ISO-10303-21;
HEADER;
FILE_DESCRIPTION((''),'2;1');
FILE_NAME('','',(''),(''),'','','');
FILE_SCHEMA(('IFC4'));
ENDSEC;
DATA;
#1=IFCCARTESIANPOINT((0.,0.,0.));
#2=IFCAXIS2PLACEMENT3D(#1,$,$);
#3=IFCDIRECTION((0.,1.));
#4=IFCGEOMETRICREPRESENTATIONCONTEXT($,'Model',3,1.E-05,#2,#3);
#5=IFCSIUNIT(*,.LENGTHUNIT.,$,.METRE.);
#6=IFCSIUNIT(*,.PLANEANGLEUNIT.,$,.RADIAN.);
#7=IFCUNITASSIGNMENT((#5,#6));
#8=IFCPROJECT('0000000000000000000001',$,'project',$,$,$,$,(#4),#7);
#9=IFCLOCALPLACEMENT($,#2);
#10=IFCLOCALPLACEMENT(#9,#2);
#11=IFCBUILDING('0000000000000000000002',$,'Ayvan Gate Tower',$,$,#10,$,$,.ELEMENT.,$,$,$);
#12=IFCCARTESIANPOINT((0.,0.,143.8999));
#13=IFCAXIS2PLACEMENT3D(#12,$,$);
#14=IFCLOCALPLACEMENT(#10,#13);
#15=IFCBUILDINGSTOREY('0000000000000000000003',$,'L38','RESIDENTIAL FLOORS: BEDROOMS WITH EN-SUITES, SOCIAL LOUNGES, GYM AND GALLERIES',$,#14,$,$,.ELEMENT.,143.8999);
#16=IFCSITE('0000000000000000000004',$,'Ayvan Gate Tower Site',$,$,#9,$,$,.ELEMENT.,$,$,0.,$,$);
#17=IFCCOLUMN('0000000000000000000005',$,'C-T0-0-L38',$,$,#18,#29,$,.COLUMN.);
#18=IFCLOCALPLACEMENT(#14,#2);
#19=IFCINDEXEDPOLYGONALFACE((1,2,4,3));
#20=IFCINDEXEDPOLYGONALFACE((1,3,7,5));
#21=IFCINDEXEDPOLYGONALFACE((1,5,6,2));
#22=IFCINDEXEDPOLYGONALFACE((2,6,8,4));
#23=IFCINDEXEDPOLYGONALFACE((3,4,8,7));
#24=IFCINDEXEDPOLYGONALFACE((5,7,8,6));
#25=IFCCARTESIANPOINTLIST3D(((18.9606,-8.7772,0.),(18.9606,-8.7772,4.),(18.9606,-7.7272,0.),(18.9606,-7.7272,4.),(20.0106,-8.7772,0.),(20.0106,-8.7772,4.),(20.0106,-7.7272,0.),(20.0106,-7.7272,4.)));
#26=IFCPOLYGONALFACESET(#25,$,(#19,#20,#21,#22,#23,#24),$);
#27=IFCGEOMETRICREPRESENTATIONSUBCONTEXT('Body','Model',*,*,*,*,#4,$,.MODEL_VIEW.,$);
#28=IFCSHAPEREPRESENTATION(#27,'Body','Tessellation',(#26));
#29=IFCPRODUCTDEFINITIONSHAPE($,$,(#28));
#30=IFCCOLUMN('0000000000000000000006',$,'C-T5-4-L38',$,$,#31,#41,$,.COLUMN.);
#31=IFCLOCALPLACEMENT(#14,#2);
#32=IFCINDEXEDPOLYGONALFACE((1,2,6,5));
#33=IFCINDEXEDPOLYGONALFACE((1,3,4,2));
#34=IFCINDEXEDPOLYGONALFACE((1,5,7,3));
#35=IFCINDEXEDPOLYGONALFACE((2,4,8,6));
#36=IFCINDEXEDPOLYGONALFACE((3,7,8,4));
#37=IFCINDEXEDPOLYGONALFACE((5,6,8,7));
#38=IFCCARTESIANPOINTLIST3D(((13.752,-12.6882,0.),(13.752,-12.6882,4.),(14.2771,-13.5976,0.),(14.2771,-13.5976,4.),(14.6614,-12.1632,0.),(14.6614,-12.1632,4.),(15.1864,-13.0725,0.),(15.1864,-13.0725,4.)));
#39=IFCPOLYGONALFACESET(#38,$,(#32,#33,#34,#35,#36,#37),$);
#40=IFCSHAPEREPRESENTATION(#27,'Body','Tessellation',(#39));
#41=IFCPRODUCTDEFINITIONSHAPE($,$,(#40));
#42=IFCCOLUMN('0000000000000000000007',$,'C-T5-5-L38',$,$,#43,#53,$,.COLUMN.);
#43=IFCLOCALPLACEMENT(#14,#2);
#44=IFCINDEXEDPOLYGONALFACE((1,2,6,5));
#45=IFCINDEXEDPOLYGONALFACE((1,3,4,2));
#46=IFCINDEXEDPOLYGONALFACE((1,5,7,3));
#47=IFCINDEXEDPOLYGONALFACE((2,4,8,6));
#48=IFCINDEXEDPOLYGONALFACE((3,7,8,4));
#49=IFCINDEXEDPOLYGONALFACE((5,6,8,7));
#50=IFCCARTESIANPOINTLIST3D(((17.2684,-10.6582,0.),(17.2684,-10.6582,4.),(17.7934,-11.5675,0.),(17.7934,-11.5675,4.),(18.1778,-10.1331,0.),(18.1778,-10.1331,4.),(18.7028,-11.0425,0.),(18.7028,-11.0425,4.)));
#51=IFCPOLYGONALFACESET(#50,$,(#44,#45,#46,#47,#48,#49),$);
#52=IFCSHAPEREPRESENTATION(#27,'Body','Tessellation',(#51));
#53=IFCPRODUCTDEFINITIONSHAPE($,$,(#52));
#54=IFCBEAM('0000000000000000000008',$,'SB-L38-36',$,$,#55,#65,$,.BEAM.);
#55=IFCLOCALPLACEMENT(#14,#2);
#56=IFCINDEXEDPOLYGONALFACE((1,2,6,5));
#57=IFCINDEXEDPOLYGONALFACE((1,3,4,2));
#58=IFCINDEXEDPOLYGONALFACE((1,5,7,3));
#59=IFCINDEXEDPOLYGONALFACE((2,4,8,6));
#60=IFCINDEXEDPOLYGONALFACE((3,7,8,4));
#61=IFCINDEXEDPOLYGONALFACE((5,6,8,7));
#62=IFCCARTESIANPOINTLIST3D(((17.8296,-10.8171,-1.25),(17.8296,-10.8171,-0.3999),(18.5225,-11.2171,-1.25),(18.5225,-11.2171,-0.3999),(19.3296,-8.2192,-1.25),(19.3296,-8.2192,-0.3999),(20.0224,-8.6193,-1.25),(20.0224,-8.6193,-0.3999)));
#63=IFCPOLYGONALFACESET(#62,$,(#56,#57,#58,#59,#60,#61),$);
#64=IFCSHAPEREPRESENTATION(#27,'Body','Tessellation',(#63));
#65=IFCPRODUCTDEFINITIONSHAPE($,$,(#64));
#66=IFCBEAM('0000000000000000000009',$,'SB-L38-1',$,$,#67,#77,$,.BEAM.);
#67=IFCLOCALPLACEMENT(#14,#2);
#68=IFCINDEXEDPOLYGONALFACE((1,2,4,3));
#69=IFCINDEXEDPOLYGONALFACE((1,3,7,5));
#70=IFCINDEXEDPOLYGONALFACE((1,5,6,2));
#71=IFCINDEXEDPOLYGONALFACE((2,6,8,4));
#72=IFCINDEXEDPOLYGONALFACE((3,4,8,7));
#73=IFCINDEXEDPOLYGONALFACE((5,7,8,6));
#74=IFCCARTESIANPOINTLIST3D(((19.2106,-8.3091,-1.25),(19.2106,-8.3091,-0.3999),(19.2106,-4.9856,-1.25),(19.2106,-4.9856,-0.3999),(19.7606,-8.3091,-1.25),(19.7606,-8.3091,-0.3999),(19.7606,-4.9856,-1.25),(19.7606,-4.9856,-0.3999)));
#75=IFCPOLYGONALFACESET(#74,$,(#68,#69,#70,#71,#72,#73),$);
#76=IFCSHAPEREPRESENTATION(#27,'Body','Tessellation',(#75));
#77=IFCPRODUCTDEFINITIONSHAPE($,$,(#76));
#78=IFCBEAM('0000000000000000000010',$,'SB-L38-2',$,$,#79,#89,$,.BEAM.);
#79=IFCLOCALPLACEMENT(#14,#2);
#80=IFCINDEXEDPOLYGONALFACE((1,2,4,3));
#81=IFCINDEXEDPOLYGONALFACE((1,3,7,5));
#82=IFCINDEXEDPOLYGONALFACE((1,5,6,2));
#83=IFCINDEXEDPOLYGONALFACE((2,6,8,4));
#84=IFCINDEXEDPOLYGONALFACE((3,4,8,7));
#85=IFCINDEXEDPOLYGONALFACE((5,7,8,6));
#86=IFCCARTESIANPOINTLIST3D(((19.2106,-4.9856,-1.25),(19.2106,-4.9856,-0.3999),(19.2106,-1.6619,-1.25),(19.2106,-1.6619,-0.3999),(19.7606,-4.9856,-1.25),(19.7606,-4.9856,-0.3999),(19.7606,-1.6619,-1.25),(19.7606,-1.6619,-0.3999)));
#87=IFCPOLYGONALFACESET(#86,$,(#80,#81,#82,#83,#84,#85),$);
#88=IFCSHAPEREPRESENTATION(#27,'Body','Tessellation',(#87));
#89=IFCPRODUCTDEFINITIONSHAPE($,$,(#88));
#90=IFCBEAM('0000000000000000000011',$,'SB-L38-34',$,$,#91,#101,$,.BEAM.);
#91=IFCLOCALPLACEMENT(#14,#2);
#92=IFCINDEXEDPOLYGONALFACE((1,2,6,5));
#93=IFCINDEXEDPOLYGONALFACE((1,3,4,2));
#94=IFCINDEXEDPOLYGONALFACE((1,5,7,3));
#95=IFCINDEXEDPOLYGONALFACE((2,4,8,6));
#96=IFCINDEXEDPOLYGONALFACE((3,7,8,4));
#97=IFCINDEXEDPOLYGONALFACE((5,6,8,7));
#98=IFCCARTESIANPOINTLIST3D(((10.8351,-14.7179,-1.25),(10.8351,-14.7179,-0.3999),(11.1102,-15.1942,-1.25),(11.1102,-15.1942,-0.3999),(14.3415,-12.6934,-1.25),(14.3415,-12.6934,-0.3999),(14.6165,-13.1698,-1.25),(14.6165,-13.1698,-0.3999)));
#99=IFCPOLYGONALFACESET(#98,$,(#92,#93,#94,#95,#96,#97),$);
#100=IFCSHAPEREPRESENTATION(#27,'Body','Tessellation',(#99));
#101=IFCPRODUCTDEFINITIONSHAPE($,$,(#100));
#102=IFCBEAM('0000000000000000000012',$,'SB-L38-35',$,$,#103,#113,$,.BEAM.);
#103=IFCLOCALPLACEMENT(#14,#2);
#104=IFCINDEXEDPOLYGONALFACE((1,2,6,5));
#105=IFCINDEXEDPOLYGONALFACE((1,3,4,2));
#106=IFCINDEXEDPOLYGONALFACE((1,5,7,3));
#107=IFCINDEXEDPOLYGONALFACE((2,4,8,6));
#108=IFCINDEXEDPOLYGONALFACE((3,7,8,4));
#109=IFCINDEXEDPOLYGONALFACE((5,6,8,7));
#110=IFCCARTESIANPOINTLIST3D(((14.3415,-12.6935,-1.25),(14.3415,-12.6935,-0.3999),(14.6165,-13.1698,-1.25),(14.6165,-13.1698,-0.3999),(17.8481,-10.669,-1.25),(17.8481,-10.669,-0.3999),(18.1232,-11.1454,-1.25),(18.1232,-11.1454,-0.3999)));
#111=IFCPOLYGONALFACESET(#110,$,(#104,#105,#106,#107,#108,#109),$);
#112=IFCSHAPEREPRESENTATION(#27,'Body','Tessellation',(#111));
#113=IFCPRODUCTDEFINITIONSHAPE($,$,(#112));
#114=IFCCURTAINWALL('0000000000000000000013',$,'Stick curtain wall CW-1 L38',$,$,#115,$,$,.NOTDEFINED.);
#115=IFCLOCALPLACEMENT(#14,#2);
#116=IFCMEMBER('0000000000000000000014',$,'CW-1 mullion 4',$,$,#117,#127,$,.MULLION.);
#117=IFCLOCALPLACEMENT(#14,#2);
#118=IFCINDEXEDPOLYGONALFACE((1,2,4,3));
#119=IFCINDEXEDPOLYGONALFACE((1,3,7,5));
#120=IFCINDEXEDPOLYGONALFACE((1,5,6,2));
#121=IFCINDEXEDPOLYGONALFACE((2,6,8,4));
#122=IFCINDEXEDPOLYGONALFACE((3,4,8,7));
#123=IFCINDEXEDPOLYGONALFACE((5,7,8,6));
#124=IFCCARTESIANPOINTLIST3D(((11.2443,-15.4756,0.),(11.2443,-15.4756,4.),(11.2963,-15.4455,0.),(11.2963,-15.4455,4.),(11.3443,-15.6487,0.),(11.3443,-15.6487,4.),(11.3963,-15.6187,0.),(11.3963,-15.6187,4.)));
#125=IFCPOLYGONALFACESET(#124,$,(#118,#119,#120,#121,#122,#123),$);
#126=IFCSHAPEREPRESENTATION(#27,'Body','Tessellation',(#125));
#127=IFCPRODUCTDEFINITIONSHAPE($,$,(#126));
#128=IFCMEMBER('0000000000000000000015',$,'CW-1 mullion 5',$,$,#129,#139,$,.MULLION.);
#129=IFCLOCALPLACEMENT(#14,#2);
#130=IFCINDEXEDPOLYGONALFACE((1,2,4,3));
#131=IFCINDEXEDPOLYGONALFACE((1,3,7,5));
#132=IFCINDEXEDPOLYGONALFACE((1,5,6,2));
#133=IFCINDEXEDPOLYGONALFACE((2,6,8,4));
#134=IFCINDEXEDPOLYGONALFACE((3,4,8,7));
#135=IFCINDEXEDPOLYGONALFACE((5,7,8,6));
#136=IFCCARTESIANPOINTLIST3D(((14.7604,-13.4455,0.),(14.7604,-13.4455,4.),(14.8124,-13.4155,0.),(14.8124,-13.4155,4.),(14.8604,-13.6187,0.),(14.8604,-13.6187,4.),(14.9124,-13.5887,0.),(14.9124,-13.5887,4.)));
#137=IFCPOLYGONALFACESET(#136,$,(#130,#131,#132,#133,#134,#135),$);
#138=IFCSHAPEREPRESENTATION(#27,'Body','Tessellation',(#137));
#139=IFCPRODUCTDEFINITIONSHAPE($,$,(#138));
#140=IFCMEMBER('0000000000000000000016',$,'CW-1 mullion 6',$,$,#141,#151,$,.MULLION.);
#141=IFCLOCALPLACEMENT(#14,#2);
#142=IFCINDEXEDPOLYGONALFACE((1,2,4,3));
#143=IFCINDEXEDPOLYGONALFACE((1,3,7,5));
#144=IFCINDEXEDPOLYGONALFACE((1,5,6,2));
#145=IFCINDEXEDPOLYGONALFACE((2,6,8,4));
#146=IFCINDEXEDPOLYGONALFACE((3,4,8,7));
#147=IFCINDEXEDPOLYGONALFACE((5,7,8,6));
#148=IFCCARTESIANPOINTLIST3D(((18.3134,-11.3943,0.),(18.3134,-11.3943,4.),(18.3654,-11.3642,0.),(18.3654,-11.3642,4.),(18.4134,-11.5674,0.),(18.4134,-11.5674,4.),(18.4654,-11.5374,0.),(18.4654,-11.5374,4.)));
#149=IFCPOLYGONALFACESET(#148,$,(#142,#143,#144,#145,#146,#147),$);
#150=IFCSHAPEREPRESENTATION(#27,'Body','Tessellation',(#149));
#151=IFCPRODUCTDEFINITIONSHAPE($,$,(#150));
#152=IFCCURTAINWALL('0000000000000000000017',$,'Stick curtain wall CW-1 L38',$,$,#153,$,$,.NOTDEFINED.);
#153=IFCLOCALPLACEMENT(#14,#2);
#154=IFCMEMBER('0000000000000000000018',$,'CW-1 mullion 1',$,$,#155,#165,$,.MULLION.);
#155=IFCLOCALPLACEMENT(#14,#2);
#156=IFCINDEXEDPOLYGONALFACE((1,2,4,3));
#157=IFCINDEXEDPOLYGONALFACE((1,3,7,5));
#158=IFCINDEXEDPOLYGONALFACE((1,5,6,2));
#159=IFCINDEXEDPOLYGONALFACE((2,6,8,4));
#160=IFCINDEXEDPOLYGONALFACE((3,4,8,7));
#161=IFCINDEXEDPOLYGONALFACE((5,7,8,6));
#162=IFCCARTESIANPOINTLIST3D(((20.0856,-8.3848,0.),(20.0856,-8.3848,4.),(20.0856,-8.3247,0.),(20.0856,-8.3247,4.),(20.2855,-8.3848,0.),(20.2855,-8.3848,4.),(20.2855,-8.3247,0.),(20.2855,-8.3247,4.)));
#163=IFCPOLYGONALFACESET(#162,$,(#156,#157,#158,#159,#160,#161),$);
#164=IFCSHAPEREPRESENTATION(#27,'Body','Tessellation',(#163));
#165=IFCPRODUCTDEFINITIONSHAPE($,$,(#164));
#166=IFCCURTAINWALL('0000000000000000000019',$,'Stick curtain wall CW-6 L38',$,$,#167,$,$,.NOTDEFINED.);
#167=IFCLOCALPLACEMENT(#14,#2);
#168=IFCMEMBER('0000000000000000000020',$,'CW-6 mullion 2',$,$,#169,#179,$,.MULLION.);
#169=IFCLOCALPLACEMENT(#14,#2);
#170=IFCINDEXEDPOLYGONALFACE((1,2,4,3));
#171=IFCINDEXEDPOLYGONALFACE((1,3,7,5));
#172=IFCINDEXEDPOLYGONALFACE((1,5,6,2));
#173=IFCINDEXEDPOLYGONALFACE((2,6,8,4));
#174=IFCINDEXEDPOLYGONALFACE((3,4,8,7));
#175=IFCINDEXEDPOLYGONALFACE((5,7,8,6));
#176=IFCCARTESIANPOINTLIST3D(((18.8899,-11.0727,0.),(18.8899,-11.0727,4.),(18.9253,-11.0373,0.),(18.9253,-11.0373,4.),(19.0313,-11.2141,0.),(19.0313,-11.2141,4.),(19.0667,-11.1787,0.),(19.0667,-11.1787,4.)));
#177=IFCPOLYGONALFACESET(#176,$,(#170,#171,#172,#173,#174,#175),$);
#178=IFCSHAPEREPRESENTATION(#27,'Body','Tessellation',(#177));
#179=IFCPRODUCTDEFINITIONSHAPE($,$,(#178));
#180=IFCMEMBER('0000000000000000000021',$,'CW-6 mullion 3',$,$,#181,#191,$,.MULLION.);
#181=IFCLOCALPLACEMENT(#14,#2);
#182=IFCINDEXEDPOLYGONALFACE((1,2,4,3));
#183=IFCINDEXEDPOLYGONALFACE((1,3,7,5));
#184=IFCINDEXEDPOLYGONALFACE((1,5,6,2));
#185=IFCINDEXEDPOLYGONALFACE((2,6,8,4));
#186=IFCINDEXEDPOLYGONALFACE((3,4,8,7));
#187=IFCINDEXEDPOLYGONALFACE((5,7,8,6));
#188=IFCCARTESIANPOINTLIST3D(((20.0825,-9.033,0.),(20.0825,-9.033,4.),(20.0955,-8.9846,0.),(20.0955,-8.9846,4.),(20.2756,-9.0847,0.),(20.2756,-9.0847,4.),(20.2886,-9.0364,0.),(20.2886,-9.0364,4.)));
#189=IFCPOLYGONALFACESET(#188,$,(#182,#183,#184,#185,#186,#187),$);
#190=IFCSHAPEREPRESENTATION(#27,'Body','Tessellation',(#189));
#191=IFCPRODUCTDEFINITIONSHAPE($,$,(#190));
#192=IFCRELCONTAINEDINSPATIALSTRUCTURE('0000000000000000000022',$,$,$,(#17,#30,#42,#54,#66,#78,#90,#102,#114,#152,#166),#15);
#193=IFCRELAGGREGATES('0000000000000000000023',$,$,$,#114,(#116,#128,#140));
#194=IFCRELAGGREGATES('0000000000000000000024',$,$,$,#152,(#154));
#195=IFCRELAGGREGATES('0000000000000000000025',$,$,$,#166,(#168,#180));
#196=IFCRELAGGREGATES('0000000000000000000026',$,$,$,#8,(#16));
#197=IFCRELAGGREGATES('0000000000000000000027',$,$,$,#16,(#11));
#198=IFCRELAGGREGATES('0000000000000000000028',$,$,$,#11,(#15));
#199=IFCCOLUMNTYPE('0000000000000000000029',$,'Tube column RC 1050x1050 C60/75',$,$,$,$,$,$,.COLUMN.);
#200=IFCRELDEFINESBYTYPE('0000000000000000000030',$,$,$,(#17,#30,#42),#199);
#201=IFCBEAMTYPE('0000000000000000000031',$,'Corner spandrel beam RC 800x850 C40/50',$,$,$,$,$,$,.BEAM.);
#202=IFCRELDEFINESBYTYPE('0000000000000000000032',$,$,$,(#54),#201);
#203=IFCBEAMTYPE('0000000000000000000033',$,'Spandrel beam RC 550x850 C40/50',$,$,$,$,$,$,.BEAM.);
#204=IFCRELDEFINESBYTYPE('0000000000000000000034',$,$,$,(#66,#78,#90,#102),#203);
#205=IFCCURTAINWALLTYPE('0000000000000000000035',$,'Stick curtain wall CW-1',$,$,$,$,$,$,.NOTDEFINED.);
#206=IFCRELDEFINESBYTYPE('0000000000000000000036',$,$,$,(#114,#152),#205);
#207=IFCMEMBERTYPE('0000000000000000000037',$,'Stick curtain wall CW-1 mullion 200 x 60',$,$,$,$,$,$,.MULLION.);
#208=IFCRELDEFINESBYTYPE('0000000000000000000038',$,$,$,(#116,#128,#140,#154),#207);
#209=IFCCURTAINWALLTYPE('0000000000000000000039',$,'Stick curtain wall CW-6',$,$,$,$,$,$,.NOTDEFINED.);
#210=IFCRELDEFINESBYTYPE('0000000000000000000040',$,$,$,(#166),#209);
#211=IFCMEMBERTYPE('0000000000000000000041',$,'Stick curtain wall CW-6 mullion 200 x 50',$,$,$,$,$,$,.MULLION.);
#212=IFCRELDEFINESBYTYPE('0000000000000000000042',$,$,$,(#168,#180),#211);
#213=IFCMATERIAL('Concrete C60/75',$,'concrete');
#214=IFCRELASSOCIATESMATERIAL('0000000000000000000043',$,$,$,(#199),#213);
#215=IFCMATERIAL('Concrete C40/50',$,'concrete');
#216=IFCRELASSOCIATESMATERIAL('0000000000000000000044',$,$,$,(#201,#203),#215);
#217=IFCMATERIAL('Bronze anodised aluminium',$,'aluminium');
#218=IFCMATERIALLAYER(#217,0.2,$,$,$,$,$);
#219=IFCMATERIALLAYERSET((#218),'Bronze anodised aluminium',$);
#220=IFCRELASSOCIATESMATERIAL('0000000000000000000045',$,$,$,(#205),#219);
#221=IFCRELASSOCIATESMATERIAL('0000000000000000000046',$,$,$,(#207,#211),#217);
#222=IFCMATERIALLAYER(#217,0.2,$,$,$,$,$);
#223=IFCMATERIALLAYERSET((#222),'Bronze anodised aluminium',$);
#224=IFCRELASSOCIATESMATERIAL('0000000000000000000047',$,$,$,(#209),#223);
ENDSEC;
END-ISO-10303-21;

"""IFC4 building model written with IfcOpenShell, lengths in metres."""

from ifc_helpers import new_model, si_unit, direction, frame, origin, origin_2d, place, context, subcontext, project, spatial, rectangle, extrude, material, layer, layer_set, material_profile, profile_set, type_object, element, aggregate, save


model = new_model("IFC4")

# Units and contexts
model_context = context("Model", 3, precision=1e-05, world=origin(), true_north=direction((0.0, 1.0)))
body_context = subcontext(model_context, "Body", "Model", "MODEL_VIEW")
ifc_project = project(units=[si_unit("LENGTHUNIT", "METRE"), si_unit("PLANEANGLEUNIT", "RADIAN")], contexts=[model_context])

# Site, building, storey
site_placement = place(None, origin())
site = spatial("IfcSite", under=ifc_project, at=site_placement, Name="Ayvan Gate Tower Site", CompositionType="ELEMENT", RefElevation=0.0)
building_placement = place(site_placement, origin())
building = spatial("IfcBuilding", under=site, at=building_placement, Name="Ayvan Gate Tower", CompositionType="ELEMENT")
storey_placement = place(building_placement, frame((0.0, 0.0, 143.8999)))
storey = spatial("IfcBuildingStorey", under=building, at=storey_placement, Name="L38", Description="RESIDENTIAL FLOORS: BEDROOMS WITH EN-SUITES, SOCIAL LOUNGES, GYM AND GALLERIES", CompositionType="ELEMENT", Elevation=143.8999)

# Columns
ifc_material_1 = material(Name="Concrete C60/75", Category="concrete")
ifc_material_profile_1 = material_profile(ifc_material_1, rectangle(XDim=1.05, YDim=1.05, at=origin_2d()), Name="RC 1050x1050")
ifc_profile_set_1 = profile_set([ifc_material_profile_1], Name="Concrete C60/75")
column_type = type_object("IfcColumnType", Name="Tube column RC 1050x1050 C60/75", PredefinedType="COLUMN", material=ifc_profile_set_1)
for number, where, z_axis, x_axis, name in (
    (1, (19.4856, -8.2522, 0.0), (0.0, 0.0, 1.0), (1.0, 0.0, 0.0), "C-T0-0-L38"),
    (2, (14.4692, -12.8804, 0.0), (0.0, 0.0, 1.0), (0.5, -0.866025, 0.0), "C-T5-4-L38"),
    (3, (17.9856, -10.8503, 0.0), (0.0, 0.0, 1.0), (0.5, -0.866025, 0.0), "C-T5-5-L38"),
):
    element("IfcColumn", number, at=place(storey_placement, frame(where, z_axis=z_axis, x_axis=x_axis)), inside=storey, type_object=column_type, Name=name, PredefinedType="COLUMN", context=body_context, shape_type="SweptSolid", body=[
        extrude(rectangle(XDim=1.05, YDim=1.05, at=origin_2d()), origin(), (0.0, 0.0, 1.0), 4.0),
    ])

# Beams
ifc_material_2 = material(Name="Concrete C40/50", Category="concrete")
ifc_material_profile_2 = material_profile(ifc_material_2, rectangle(XDim=0.8, YDim=0.8501, at=origin_2d()), Name="RC 800x850")
ifc_profile_set_2 = profile_set([ifc_material_profile_2], Name="Concrete C40/50")
beam_type_1 = type_object("IfcBeamType", Name="Corner spandrel beam RC 800x850 C40/50", PredefinedType="BEAM", material=ifc_profile_set_2)
beam_1_placement = place(storey_placement, frame((18.176, -11.0171, -0.825), z_axis=(0.500025, 0.866011, 0.0), x_axis=(-0.866011, 0.500025, 0.0)))
element("IfcBeam", 4, at=beam_1_placement, inside=storey, type_object=beam_type_1, Name="SB-L38-36", PredefinedType="BEAM", context=body_context, shape_type="SweptSolid", body=[
    extrude(rectangle(XDim=0.8, YDim=0.8501, at=origin_2d()), origin(), (0.0, 0.0, 1.0), 2.9998),
])
ifc_material_profile_3 = material_profile(ifc_material_2, rectangle(XDim=0.55, YDim=0.8501, at=origin_2d()), Name="RC 550x850")
ifc_profile_set_3 = profile_set([ifc_material_profile_3], Name="Concrete C40/50")
beam_type_2 = type_object("IfcBeamType", Name="Spandrel beam RC 550x850 C40/50", PredefinedType="BEAM", material=ifc_profile_set_3)
beam_2_placement = place(storey_placement, frame((19.4856, -8.3091, -0.825), z_axis=(0.0, 1.0, 0.0), x_axis=(-1.0, 0.0, 0.0)))
element("IfcBeam", 5, at=beam_2_placement, inside=storey, type_object=beam_type_2, Name="SB-L38-1", PredefinedType="BEAM", context=body_context, shape_type="SweptSolid", body=[
    extrude(rectangle(XDim=0.55, YDim=0.8501, at=origin_2d()), origin(), (0.0, 0.0, 1.0), 3.3235),
])
beam_3_placement = place(storey_placement, frame((19.4856, -4.9856, -0.825), z_axis=(0.0, 1.0, 0.0), x_axis=(-1.0, 0.0, 0.0)))
element("IfcBeam", 6, at=beam_3_placement, inside=storey, type_object=beam_type_2, Name="SB-L38-2", PredefinedType="BEAM", context=body_context, shape_type="SweptSolid", body=[
    extrude(rectangle(XDim=0.55, YDim=0.8501, at=origin_2d()), origin(), (0.0, 0.0, 1.0), 3.3237),
])
beam_4_placement = place(storey_placement, frame((10.9727, -14.9561, -0.825), z_axis=(0.866023, 0.500004, 0.0), x_axis=(-0.500004, 0.866023, 0.0)))
element("IfcBeam", 7, at=beam_4_placement, inside=storey, type_object=beam_type_2, Name="SB-L38-34", PredefinedType="BEAM", context=body_context, shape_type="SweptSolid", body=[
    extrude(rectangle(XDim=0.55, YDim=0.8501, at=origin_2d()), origin(), (0.0, 0.0, 1.0), 4.0488),
])
beam_5_placement = place(storey_placement, frame((14.479, -12.9316, -0.825), z_axis=(0.866038, 0.499978, 0.0), x_axis=(-0.499978, 0.866038, 0.0)))
element("IfcBeam", 8, at=beam_5_placement, inside=storey, type_object=beam_type_2, Name="SB-L38-35", PredefinedType="BEAM", context=body_context, shape_type="SweptSolid", body=[
    extrude(rectangle(XDim=0.55, YDim=0.8501, at=origin_2d()), origin(), (0.0, 0.0, 1.0), 4.0491),
])

# Curtain wall, members
ifc_material_3 = material(Name="Bronze anodised aluminium", Category="aluminium")
ifc_layer_1 = layer(ifc_material_3, 0.2)
ifc_layer_set_1 = layer_set([ifc_layer_1], Name="Bronze anodised aluminium")
curtain_wall_type_1 = type_object("IfcCurtainWallType", Name="Stick curtain wall CW-1", PredefinedType="NOTDEFINED", material=ifc_layer_set_1)
curtain_wall_1_placement = place(storey_placement, origin())
curtain_wall_1 = element("IfcCurtainWall", 9, at=curtain_wall_1_placement, inside=storey, type_object=curtain_wall_type_1, Name="Stick curtain wall CW-1 L38", PredefinedType="NOTDEFINED")
ifc_material_profile_4 = material_profile(ifc_material_3, rectangle(XDim=0.2, YDim=0.0601, at=origin_2d()), Name="Stick curtain wall CW-1 mullion 200 x 60")
ifc_profile_set_4 = profile_set([ifc_material_profile_4], Name="Bronze anodised aluminium")
member_type_1 = type_object("IfcMemberType", Name="Stick curtain wall CW-1 mullion 200 x 60", PredefinedType="MULLION", material=ifc_profile_set_4)
member_1_placement = place(storey_placement, frame((11.3203, -15.5471, 0.0), z_axis=(0.0, 0.0, 1.0), x_axis=(0.5, -0.866025, 0.0)))
member_1 = element("IfcMember", 10, at=member_1_placement, type_object=member_type_1, Name="CW-1 mullion 4", PredefinedType="MULLION", context=body_context, shape_type="SweptSolid", body=[
    extrude(rectangle(XDim=0.2, YDim=0.0601, at=origin_2d()), origin(), (0.0, 0.0, 1.0), 4.0),
])
member_2_placement = place(storey_placement, frame((14.8364, -13.5171, 0.0), z_axis=(0.0, 0.0, 1.0), x_axis=(0.5, -0.866025, 0.0)))
member_2 = element("IfcMember", 11, at=member_2_placement, type_object=member_type_1, Name="CW-1 mullion 5", PredefinedType="MULLION", context=body_context, shape_type="SweptSolid", body=[
    extrude(rectangle(XDim=0.2, YDim=0.0601, at=origin_2d()), origin(), (0.0, 0.0, 1.0), 4.0),
])
member_3_placement = place(storey_placement, frame((18.3894, -11.4658, 0.0), z_axis=(0.0, 0.0, 1.0), x_axis=(0.5, -0.866025, 0.0)))
member_3 = element("IfcMember", 12, at=member_3_placement, type_object=member_type_1, Name="CW-1 mullion 6", PredefinedType="MULLION", context=body_context, shape_type="SweptSolid", body=[
    extrude(rectangle(XDim=0.2, YDim=0.0601, at=origin_2d()), origin(), (0.0, 0.0, 1.0), 4.0),
])

# Curtain wall, member
curtain_wall_2_placement = place(storey_placement, origin())
curtain_wall_2 = element("IfcCurtainWall", 13, at=curtain_wall_2_placement, inside=storey, type_object=curtain_wall_type_1, Name="Stick curtain wall CW-1 L38", PredefinedType="NOTDEFINED")
member_4_placement = place(storey_placement, frame((20.1855, -8.3547, 0.0), z_axis=(0.0, 0.0, 1.0), x_axis=(1.0, 0.0, 0.0)))
member_4 = element("IfcMember", 14, at=member_4_placement, type_object=member_type_1, Name="CW-1 mullion 1", PredefinedType="MULLION", context=body_context, shape_type="SweptSolid", body=[
    extrude(rectangle(XDim=0.2, YDim=0.0601, at=origin_2d()), origin(), (0.0, 0.0, 1.0), 4.0),
])

# Curtain wall, members
ifc_layer_2 = layer(ifc_material_3, 0.2)
ifc_layer_set_2 = layer_set([ifc_layer_2], Name="Bronze anodised aluminium")
curtain_wall_type_2 = type_object("IfcCurtainWallType", Name="Stick curtain wall CW-6", PredefinedType="NOTDEFINED", material=ifc_layer_set_2)
curtain_wall_3_placement = place(storey_placement, origin())
curtain_wall_3 = element("IfcCurtainWall", 15, at=curtain_wall_3_placement, inside=storey, type_object=curtain_wall_type_2, Name="Stick curtain wall CW-6 L38", PredefinedType="NOTDEFINED")
ifc_material_profile_5 = material_profile(ifc_material_3, rectangle(XDim=0.2, YDim=0.05, at=origin_2d()), Name="Stick curtain wall CW-6 mullion 200 x 50")
ifc_profile_set_5 = profile_set([ifc_material_profile_5], Name="Bronze anodised aluminium")
member_type_2 = type_object("IfcMemberType", Name="Stick curtain wall CW-6 mullion 200 x 50", PredefinedType="MULLION", material=ifc_profile_set_5)
member_5_placement = place(storey_placement, frame((18.9783, -11.1257, 0.0), z_axis=(0.0, 0.0, 1.0), x_axis=(0.707107, -0.707107, 0.0)))
member_5 = element("IfcMember", 16, at=member_5_placement, type_object=member_type_2, Name="CW-6 mullion 2", PredefinedType="MULLION", context=body_context, shape_type="SweptSolid", body=[
    extrude(rectangle(XDim=0.2, YDim=0.05, at=origin_2d()), origin(), (0.0, 0.0, 1.0), 4.0),
])
member_6_placement = place(storey_placement, frame((20.1855, -9.0347, 0.0), z_axis=(0.0, 0.0, 1.0), x_axis=(0.965926, -0.258819, 0.0)))
member_6 = element("IfcMember", 17, at=member_6_placement, type_object=member_type_2, Name="CW-6 mullion 3", PredefinedType="MULLION", context=body_context, shape_type="SweptSolid", body=[
    extrude(rectangle(XDim=0.2, YDim=0.05, at=origin_2d()), origin(), (0.0, 0.0, 1.0), 4.0),
])

aggregate(curtain_wall_1, [member_1, member_2, member_3])
aggregate(curtain_wall_2, [member_4])
aggregate(curtain_wall_3, [member_5, member_6])

save(model, "model.ifc")
